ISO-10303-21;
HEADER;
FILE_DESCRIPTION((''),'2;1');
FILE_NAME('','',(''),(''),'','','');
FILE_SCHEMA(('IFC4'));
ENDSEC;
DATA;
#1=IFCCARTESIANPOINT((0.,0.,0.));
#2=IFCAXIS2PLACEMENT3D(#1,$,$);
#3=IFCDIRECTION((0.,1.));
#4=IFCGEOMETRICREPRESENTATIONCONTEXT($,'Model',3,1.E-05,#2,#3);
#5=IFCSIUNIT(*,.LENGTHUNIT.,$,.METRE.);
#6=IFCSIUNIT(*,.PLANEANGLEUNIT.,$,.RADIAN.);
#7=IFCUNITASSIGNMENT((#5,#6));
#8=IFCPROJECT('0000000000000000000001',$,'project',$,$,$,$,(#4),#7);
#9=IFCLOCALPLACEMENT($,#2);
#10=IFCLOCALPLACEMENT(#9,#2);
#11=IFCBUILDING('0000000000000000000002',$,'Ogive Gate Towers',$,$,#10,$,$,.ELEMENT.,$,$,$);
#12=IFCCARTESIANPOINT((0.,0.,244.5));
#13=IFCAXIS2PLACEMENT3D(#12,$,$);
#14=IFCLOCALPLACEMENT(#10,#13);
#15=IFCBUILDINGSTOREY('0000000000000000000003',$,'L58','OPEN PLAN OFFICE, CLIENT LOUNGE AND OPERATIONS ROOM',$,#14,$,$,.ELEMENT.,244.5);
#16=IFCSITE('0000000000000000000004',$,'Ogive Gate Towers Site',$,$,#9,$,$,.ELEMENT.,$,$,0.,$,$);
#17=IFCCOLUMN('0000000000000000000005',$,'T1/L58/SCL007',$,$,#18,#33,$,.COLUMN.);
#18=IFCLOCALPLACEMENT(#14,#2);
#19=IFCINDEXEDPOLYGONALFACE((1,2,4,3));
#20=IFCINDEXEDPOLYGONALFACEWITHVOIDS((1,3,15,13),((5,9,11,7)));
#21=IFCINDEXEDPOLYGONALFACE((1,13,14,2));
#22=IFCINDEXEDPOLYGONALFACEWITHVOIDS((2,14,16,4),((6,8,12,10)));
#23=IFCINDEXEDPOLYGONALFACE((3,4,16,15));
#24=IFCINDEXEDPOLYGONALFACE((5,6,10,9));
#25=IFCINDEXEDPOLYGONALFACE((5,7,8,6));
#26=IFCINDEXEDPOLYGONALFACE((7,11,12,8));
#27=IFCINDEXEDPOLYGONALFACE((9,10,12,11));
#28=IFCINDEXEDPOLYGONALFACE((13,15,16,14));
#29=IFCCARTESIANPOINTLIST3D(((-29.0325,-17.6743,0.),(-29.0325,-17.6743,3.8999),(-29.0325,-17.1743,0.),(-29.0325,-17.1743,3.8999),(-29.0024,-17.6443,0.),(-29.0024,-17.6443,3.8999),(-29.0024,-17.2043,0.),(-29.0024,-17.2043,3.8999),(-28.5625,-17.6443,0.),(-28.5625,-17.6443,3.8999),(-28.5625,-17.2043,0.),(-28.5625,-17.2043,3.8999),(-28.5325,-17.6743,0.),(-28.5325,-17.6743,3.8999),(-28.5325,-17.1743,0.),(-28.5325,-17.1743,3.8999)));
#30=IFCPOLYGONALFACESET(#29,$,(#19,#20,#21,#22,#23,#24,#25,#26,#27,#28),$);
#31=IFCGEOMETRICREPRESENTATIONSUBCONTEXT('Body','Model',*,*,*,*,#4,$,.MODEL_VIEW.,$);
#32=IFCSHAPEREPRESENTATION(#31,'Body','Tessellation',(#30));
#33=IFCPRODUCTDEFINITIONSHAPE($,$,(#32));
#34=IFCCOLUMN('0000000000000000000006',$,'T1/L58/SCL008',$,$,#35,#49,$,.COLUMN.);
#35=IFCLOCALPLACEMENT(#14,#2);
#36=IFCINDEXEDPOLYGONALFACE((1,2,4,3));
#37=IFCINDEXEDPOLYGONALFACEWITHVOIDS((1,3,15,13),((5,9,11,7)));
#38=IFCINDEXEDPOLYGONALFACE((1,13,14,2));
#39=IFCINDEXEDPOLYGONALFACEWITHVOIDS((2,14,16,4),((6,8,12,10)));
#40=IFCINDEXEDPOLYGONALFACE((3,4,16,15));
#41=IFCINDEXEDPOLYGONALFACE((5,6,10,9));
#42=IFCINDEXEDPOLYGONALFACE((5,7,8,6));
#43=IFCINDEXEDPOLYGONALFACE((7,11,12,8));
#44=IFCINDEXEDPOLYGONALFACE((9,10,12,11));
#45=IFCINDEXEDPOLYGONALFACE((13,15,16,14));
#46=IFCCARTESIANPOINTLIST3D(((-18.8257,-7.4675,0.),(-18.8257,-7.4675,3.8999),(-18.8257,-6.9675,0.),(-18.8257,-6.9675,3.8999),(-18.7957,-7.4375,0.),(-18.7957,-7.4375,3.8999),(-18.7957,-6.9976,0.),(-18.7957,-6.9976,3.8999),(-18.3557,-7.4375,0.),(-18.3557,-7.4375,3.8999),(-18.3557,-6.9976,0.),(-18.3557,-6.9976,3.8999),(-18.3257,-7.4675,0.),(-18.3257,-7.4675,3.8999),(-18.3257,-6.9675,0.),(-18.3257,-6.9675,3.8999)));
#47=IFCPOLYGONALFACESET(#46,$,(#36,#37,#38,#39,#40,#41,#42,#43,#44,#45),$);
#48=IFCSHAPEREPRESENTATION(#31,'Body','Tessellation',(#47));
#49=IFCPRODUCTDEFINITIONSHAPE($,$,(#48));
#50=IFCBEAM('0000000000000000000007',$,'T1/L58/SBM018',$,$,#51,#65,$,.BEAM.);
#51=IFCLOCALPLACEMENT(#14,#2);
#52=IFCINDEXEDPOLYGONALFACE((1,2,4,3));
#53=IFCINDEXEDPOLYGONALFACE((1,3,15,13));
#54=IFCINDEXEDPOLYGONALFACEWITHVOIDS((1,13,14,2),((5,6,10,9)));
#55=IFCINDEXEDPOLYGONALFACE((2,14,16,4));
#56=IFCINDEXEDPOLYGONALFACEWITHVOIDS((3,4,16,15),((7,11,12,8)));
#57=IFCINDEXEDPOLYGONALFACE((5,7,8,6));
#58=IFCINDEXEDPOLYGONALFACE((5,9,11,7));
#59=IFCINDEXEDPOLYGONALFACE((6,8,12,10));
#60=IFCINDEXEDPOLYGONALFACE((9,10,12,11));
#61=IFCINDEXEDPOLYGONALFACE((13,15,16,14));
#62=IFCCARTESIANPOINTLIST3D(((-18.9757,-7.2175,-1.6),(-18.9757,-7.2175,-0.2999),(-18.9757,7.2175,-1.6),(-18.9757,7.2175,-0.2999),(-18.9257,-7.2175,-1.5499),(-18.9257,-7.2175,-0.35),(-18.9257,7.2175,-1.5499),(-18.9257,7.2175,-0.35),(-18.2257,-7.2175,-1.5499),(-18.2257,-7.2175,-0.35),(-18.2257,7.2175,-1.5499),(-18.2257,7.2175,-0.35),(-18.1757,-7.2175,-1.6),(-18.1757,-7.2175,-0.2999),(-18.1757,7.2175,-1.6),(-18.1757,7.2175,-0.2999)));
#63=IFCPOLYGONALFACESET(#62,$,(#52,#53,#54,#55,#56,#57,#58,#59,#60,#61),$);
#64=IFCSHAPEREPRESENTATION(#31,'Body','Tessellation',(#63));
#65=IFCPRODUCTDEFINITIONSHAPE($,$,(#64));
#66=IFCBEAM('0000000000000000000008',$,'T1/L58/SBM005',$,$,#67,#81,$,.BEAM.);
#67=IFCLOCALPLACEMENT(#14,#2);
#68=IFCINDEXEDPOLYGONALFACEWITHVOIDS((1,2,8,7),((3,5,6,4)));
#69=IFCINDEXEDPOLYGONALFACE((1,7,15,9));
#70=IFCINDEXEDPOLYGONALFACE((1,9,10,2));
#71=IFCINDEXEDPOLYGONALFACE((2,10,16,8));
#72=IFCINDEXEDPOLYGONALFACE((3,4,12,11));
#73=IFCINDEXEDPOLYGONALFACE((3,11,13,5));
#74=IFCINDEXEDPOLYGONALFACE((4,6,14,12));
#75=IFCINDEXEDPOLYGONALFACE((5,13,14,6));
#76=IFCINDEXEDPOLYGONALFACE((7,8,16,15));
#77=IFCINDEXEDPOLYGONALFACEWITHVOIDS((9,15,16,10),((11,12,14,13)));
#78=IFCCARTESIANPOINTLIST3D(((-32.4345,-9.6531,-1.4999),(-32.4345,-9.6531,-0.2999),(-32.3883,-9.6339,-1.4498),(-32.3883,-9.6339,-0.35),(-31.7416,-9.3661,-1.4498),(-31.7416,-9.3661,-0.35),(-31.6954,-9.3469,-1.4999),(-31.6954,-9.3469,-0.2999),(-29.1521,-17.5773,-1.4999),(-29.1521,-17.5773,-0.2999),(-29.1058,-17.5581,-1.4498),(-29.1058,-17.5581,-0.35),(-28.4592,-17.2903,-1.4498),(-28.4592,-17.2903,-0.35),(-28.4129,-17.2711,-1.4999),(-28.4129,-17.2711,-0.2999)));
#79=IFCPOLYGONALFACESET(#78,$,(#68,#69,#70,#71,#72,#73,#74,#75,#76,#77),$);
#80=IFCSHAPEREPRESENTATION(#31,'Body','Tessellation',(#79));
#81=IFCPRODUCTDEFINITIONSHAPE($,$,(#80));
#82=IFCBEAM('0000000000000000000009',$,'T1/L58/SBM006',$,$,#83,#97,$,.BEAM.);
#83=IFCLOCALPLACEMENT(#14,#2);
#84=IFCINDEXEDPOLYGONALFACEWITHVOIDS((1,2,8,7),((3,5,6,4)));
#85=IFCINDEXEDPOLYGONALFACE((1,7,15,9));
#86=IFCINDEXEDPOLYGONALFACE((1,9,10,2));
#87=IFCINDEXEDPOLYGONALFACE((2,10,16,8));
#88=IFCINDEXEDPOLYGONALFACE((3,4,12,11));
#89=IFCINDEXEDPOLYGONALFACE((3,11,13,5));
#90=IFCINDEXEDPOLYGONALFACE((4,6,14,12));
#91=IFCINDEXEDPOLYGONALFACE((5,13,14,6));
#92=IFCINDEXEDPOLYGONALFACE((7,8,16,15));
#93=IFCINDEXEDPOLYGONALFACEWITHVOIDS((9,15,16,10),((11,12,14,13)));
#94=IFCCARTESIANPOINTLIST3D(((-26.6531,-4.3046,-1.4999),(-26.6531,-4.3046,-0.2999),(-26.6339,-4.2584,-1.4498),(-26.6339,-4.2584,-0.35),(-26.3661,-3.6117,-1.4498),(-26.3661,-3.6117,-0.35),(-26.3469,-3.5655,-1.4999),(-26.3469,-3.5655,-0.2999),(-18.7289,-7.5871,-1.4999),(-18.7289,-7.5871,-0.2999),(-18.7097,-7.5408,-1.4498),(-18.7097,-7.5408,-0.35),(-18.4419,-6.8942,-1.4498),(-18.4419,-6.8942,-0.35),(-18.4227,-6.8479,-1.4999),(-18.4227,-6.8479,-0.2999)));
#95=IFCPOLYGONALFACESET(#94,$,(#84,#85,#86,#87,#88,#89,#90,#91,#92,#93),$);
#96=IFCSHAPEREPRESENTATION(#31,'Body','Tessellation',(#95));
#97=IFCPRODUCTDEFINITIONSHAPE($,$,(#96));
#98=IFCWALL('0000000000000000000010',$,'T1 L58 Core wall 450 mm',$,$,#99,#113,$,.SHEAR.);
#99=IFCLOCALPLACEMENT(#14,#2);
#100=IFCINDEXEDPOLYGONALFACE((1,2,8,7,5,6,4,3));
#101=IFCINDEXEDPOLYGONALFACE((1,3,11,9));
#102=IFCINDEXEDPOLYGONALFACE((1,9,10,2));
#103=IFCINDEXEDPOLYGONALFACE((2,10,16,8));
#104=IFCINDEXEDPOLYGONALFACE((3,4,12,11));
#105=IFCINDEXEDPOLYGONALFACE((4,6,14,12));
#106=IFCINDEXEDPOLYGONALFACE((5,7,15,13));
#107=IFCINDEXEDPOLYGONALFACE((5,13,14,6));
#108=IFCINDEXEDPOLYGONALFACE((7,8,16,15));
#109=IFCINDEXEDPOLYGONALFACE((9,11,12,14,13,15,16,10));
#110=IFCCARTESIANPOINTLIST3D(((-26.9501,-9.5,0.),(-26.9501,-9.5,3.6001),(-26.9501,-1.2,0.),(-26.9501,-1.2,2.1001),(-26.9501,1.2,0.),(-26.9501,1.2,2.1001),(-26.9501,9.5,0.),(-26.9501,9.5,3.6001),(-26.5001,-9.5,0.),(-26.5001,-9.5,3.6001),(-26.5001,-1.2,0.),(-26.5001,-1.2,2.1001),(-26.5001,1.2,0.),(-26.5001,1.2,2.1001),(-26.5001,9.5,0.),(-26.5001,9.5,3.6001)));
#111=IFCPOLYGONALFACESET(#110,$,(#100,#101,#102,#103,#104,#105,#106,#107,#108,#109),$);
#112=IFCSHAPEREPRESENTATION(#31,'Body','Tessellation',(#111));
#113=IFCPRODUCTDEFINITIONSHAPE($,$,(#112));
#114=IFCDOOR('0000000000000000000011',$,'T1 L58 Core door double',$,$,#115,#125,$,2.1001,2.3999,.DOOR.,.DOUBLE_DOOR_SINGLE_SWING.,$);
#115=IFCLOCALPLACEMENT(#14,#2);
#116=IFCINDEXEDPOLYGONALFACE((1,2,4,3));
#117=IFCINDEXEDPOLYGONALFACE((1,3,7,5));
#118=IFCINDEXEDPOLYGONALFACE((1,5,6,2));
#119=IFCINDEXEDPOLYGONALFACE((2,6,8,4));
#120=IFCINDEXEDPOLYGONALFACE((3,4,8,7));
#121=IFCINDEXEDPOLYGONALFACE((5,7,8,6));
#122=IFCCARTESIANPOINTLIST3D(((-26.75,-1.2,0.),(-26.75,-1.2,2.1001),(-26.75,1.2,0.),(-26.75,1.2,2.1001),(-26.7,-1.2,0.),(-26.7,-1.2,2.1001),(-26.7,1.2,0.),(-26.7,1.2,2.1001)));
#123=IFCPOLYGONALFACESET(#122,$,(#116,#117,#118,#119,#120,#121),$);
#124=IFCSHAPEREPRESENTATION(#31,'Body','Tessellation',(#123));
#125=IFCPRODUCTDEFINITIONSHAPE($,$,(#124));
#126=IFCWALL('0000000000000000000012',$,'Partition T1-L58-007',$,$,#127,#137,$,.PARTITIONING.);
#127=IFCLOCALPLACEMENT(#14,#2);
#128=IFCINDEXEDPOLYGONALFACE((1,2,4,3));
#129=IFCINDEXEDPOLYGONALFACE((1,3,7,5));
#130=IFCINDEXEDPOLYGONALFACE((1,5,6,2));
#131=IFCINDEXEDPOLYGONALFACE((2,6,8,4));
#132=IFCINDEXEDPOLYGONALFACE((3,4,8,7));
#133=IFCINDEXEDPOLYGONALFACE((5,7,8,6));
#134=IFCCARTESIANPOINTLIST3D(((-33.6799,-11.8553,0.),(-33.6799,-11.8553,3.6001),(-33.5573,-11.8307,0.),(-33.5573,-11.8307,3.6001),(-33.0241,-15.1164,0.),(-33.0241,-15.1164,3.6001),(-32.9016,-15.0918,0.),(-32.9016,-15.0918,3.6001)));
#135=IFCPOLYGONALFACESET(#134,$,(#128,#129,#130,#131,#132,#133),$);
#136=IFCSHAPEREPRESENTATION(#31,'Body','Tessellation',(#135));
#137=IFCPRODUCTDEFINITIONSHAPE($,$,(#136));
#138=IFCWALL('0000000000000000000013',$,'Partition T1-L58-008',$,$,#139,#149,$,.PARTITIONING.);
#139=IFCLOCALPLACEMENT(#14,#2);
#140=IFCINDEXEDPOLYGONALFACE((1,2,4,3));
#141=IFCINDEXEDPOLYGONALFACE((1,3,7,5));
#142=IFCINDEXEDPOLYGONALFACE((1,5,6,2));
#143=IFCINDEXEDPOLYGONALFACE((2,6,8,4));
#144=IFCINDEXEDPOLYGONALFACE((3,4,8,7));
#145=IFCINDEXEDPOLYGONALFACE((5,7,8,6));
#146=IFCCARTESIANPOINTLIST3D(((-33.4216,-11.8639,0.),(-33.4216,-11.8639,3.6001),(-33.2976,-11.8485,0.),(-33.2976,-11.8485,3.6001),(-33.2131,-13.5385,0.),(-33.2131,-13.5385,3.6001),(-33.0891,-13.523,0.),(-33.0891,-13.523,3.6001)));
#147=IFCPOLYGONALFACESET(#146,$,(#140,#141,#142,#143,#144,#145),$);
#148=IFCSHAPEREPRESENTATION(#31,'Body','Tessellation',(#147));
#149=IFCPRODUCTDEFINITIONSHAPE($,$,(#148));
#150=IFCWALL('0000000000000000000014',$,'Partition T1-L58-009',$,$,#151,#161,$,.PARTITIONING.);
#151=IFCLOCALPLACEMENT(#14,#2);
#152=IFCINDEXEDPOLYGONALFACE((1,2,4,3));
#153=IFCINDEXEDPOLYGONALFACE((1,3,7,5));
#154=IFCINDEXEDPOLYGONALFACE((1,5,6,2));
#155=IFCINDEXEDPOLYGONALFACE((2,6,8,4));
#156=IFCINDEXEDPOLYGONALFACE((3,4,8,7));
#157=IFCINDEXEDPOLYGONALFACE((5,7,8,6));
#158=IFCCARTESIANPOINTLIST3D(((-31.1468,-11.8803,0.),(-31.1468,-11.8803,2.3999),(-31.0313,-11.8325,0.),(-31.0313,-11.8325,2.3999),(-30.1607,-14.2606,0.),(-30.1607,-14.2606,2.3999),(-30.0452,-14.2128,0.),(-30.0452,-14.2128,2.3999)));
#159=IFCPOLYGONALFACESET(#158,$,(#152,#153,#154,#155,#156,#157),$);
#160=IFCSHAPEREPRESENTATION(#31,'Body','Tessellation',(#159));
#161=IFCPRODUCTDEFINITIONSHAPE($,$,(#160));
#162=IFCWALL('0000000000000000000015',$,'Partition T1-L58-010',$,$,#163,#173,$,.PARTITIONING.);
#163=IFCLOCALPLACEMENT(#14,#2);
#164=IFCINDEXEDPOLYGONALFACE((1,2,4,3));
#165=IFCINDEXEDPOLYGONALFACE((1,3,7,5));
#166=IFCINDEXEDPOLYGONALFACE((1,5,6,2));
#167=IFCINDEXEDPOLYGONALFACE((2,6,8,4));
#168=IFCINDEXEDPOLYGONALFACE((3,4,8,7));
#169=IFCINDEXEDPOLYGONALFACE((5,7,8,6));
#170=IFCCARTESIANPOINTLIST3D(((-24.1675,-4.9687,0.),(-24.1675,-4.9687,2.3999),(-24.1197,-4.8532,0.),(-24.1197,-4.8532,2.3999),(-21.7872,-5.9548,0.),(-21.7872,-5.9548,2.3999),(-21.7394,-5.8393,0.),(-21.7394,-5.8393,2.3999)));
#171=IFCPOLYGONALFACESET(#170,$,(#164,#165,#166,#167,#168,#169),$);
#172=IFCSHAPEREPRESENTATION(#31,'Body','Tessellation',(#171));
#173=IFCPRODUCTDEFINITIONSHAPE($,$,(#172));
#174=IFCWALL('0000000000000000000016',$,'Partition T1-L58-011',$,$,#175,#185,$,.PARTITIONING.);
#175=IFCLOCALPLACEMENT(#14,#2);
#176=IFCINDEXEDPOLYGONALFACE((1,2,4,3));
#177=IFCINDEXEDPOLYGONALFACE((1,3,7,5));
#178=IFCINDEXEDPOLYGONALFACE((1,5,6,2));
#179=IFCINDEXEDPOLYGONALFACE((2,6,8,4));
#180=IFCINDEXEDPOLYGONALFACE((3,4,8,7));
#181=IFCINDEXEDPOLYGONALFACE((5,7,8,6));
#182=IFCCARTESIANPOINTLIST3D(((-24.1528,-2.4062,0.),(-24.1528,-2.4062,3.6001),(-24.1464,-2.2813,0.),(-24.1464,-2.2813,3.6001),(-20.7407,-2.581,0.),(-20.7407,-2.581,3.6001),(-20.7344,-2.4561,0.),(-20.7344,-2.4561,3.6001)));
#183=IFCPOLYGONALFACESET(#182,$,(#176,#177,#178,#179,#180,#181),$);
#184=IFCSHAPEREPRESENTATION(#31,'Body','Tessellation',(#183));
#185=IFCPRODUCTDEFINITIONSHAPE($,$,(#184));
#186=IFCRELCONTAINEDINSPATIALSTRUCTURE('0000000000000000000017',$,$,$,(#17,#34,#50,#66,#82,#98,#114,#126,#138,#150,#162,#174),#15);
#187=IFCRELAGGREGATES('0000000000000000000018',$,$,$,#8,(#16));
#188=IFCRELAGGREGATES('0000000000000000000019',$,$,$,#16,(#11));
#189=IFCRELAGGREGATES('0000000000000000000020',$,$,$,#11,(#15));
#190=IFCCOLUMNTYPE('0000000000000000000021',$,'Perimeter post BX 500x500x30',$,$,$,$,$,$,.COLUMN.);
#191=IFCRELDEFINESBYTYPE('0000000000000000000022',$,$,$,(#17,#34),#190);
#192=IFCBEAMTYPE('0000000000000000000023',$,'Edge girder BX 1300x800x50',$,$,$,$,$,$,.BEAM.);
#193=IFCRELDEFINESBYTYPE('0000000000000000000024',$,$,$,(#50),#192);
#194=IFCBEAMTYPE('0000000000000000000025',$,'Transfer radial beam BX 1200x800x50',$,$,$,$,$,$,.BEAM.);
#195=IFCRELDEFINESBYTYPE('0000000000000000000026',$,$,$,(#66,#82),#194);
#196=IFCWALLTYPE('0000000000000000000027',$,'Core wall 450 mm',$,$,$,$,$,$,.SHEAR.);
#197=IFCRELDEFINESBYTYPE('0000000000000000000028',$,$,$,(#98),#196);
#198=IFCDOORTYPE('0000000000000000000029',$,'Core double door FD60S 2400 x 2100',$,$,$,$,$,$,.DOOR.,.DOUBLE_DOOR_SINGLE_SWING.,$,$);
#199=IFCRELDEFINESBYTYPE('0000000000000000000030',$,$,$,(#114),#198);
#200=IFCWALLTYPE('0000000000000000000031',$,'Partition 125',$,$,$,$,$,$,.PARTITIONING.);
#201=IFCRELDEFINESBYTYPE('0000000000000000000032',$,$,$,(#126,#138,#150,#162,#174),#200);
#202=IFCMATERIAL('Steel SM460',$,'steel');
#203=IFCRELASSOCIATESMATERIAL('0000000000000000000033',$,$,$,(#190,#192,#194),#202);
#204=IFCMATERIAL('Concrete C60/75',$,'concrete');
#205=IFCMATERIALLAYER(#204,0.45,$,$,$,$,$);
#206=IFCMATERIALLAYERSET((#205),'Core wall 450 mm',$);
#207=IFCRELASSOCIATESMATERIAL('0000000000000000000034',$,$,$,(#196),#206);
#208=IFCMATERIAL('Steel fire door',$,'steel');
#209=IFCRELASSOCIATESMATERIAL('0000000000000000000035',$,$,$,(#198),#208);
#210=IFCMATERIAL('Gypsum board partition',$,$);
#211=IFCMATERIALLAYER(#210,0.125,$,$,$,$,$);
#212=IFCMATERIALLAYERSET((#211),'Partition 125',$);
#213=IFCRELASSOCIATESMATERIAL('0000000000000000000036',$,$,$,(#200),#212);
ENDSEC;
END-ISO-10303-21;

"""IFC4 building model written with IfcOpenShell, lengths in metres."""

from ifc_helpers import new_model, si_unit, direction, frame, frame_2d, origin, origin_2d, place, context, subcontext, project, spatial, rectangle, hollow_rectangle, extrude, material, layer, layer_set, material_profile, profile_set, type_object, element, fill, save


model = new_model("IFC4")

# Units and contexts
model_context = context("Model", 3, precision=1e-05, world=origin(), true_north=direction((0.0, 1.0)))
body_context = subcontext(model_context, "Body", "Model", "MODEL_VIEW")
ifc_project = project(units=[si_unit("LENGTHUNIT", "METRE"), si_unit("PLANEANGLEUNIT", "RADIAN")], contexts=[model_context])

# Site, building, storey
site_placement = place(None, origin())
site = spatial("IfcSite", under=ifc_project, at=site_placement, Name="Ogive Gate Towers Site", CompositionType="ELEMENT", RefElevation=0.0)
building_placement = place(site_placement, origin())
building = spatial("IfcBuilding", under=site, at=building_placement, Name="Ogive Gate Towers", CompositionType="ELEMENT")
storey_placement = place(building_placement, frame((0.0, 0.0, 244.5)))
storey = spatial("IfcBuildingStorey", under=building, at=storey_placement, Name="L58", Description="OPEN PLAN OFFICE, CLIENT LOUNGE AND OPERATIONS ROOM", CompositionType="ELEMENT", Elevation=244.5)

# Columns
ifc_material_1 = material(Name="Steel SM460", Category="steel")
ifc_material_profile_1 = material_profile(ifc_material_1, hollow_rectangle(XDim=0.5, YDim=0.5, WallThickness=0.03, at=origin_2d()), Name="BX 500x500x30")
ifc_profile_set_1 = profile_set([ifc_material_profile_1], Name="Steel SM460")
column_type = type_object("IfcColumnType", Name="Perimeter post BX 500x500x30", PredefinedType="COLUMN", material=ifc_profile_set_1)
for number, where, z_axis, x_axis, name in (
    (1, (-28.7825, -17.4243, 0.0), (0.0, 0.0, 1.0), (1.0, 0.0, 0.0), "T1/L58/SCL007"),
    (2, (-18.5757, -7.2175, 0.0), (0.0, 0.0, 1.0), (1.0, 0.0, 0.0), "T1/L58/SCL008"),
):
    element("IfcColumn", number, at=place(storey_placement, frame(where, z_axis=z_axis, x_axis=x_axis)), inside=storey, type_object=column_type, Name=name, PredefinedType="COLUMN", context=body_context, shape_type="SweptSolid", body=[
        extrude(hollow_rectangle(XDim=0.5, YDim=0.5, WallThickness=0.03, at=origin_2d()), origin(), (0.0, 0.0, 1.0), 3.8999),
    ])

# Beams
ifc_material_profile_2 = material_profile(ifc_material_1, hollow_rectangle(XDim=0.8, YDim=1.3, WallThickness=0.05, at=origin_2d()), Name="BX 1300x800x50")
ifc_profile_set_2 = profile_set([ifc_material_profile_2], Name="Steel SM460")
beam_type_1 = type_object("IfcBeamType", Name="Edge girder BX 1300x800x50", PredefinedType="BEAM", material=ifc_profile_set_2)
beam_placement = place(storey_placement, frame((-18.5757, -7.2175, -0.95), z_axis=(0.0, 1.0, 0.0), x_axis=(-1.0, 0.0, 0.0)))
element("IfcBeam", 3, at=beam_placement, inside=storey, type_object=beam_type_1, Name="T1/L58/SBM018", PredefinedType="BEAM", context=body_context, shape_type="SweptSolid", body=[
    extrude(hollow_rectangle(XDim=0.8, YDim=1.3, WallThickness=0.05, at=origin_2d()), origin(), (0.0, 0.0, 1.0), 14.4351),
])
ifc_material_profile_3 = material_profile(ifc_material_1, hollow_rectangle(XDim=0.8, YDim=1.2, WallThickness=0.05, at=origin_2d()), Name="BX 1200x800x50")
ifc_profile_set_3 = profile_set([ifc_material_profile_3], Name="Steel SM460")
beam_type_2 = type_object("IfcBeamType", Name="Transfer radial beam BX 1200x800x50", PredefinedType="BEAM", material=ifc_profile_set_3)
for number, where, z_axis, x_axis, name in (
    (4, (-32.0649, -9.5, -0.8999), (0.382695, -0.923875, 0.0), (0.923875, 0.382695, 0.0), "T1/L58/SBM005"),
    (5, (-26.5, -3.9351, -0.8999), (0.923875, -0.382695, 0.0), (0.382695, 0.923875, 0.0), "T1/L58/SBM006"),
):
    element("IfcBeam", number, at=place(storey_placement, frame(where, z_axis=z_axis, x_axis=x_axis)), inside=storey, type_object=beam_type_2, Name=name, PredefinedType="BEAM", context=body_context, shape_type="SweptSolid", body=[
        extrude(hollow_rectangle(XDim=0.8, YDim=1.2, WallThickness=0.05, at=origin_2d()), origin(), (0.0, 0.0, 1.0), 8.5771),
    ])

# Wall, opening, door
ifc_material_2 = material(Name="Concrete C60/75", Category="concrete")
ifc_layer_1 = layer(ifc_material_2, 0.45)
ifc_layer_set_1 = layer_set([ifc_layer_1], Name="Core wall 450 mm")
wall_type_1 = type_object("IfcWallType", Name="Core wall 450 mm", PredefinedType="SHEAR", material=ifc_layer_set_1)
wall_1_placement = place(storey_placement, frame((-26.7251, -9.5, 0.0), z_axis=(0.0, 0.0, 1.0), x_axis=(0.0, 1.0, 0.0)))
wall_1 = element("IfcWall", 6, at=wall_1_placement, inside=storey, type_object=wall_type_1, Name="T1 L58 Core wall 450 mm", PredefinedType="SHEAR", context=body_context, shape_type="SweptSolid", body=[
    extrude(rectangle(XDim=19.0, YDim=0.45, at=frame_2d((9.5, 0.0))), origin(), (0.0, 0.0, 1.0), 3.6001),
])
opening_1_placement = place(wall_1_placement, frame((8.3, 0.0, 0.0)))
opening_1 = element("IfcOpeningElement", 7, at=opening_1_placement, cuts=wall_1, PredefinedType="OPENING", context=body_context, shape_type="SweptSolid", body=[
    extrude(rectangle(XDim=2.3999, YDim=2.1001, at=frame_2d((1.2, 1.05))), frame((0.0, 0.2349, 0.0), z_axis=(0.0, -1.0, 0.0), x_axis=(1.0, 0.0, 0.0)), (0.0, 0.0, 1.0), 0.47),
])
ifc_material_3 = material(Name="Steel fire door", Category="steel")
door_type_1 = type_object("IfcDoorType", Name="Core double door FD60S 2400 x 2100", OperationType="DOUBLE_DOOR_SINGLE_SWING", PredefinedType="DOOR", material=ifc_material_3)
door_1_placement = place(opening_1_placement, origin())
door_1 = element("IfcDoor", 8, at=door_1_placement, inside=storey, type_object=door_type_1, Name="T1 L58 Core door double", OperationType="DOUBLE_DOOR_SINGLE_SWING", OverallHeight=2.1001, OverallWidth=2.3999, PredefinedType="DOOR", context=body_context, shape_type="SweptSolid", body=[
    extrude(rectangle(XDim=2.3999, YDim=2.1001, at=frame_2d((1.2, 1.05))), frame((0.0, 0.0249, 0.0), z_axis=(0.0, -1.0, 0.0), x_axis=(1.0, 0.0, 0.0)), (0.0, 0.0, 1.0), 0.05),
])
fill(opening_1, door_1)

# Walls
ifc_material_4 = material(Name="Gypsum board partition")
ifc_layer_2 = layer(ifc_material_4, 0.125)
ifc_layer_set_2 = layer_set([ifc_layer_2], Name="Partition 125")
wall_type_2 = type_object("IfcWallType", Name="Partition 125", PredefinedType="PARTITIONING", material=ifc_layer_set_2)
wall_2_placement = place(storey_placement, frame((-32.9629, -15.104, 0.0), z_axis=(0.0, 0.0, 1.0), x_axis=(-0.197132, 0.980377, 0.0)))
element("IfcWall", 9, at=wall_2_placement, inside=storey, type_object=wall_type_2, Name="Partition T1-L58-007", PredefinedType="PARTITIONING", context=body_context, shape_type="SweptSolid", body=[
    extrude(rectangle(XDim=3.3264, YDim=0.125, at=frame_2d((1.6631, 0.0))), origin(), (0.0, 0.0, 1.0), 3.6001),
])
wall_3_placement = place(storey_placement, frame((-33.1511, -13.5308, 0.0), z_axis=(0.0, 0.0, 1.0), x_axis=(-0.123554, 0.992338, 0.0)))
element("IfcWall", 10, at=wall_3_placement, inside=storey, type_object=wall_type_2, Name="Partition T1-L58-008", PredefinedType="PARTITIONING", context=body_context, shape_type="SweptSolid", body=[
    extrude(rectangle(XDim=1.6875, YDim=0.125, at=frame_2d((0.8438, 0.0))), origin(), (0.0, 0.0, 1.0), 3.6001),
])
for number, where, z_axis, x_axis, name in (
    (11, (-30.103, -14.2366, 0.0), (0.0, 0.0, 1.0), (-0.382717, 0.923866, 0.0), "Partition T1-L58-009"),
    (12, (-21.7634, -5.897, 0.0), (0.0, 0.0, 1.0), (-0.923866, 0.382717, 0.0), "Partition T1-L58-010"),
):
    element("IfcWall", number, at=place(storey_placement, frame(where, z_axis=z_axis, x_axis=x_axis)), inside=storey, type_object=wall_type_2, Name=name, PredefinedType="PARTITIONING", context=body_context, shape_type="SweptSolid", body=[
        extrude(rectangle(XDim=2.5764, YDim=0.125, at=frame_2d((1.2881, 0.0))), origin(), (0.0, 0.0, 1.0), 2.3999),
    ])
wall_4_placement = place(storey_placement, frame((-20.7375, -2.5186, 0.0), z_axis=(0.0, 0.0, 1.0), x_axis=(-0.99869, 0.051164, 0.0)))
element("IfcWall", 13, at=wall_4_placement, inside=storey, type_object=wall_type_2, Name="Partition T1-L58-011", PredefinedType="PARTITIONING", context=body_context, shape_type="SweptSolid", body=[
    extrude(rectangle(XDim=3.4165, YDim=0.125, at=frame_2d((1.7083, 0.0))), origin(), (0.0, 0.0, 1.0), 3.6001),
])

save(model, "model.ifc")
